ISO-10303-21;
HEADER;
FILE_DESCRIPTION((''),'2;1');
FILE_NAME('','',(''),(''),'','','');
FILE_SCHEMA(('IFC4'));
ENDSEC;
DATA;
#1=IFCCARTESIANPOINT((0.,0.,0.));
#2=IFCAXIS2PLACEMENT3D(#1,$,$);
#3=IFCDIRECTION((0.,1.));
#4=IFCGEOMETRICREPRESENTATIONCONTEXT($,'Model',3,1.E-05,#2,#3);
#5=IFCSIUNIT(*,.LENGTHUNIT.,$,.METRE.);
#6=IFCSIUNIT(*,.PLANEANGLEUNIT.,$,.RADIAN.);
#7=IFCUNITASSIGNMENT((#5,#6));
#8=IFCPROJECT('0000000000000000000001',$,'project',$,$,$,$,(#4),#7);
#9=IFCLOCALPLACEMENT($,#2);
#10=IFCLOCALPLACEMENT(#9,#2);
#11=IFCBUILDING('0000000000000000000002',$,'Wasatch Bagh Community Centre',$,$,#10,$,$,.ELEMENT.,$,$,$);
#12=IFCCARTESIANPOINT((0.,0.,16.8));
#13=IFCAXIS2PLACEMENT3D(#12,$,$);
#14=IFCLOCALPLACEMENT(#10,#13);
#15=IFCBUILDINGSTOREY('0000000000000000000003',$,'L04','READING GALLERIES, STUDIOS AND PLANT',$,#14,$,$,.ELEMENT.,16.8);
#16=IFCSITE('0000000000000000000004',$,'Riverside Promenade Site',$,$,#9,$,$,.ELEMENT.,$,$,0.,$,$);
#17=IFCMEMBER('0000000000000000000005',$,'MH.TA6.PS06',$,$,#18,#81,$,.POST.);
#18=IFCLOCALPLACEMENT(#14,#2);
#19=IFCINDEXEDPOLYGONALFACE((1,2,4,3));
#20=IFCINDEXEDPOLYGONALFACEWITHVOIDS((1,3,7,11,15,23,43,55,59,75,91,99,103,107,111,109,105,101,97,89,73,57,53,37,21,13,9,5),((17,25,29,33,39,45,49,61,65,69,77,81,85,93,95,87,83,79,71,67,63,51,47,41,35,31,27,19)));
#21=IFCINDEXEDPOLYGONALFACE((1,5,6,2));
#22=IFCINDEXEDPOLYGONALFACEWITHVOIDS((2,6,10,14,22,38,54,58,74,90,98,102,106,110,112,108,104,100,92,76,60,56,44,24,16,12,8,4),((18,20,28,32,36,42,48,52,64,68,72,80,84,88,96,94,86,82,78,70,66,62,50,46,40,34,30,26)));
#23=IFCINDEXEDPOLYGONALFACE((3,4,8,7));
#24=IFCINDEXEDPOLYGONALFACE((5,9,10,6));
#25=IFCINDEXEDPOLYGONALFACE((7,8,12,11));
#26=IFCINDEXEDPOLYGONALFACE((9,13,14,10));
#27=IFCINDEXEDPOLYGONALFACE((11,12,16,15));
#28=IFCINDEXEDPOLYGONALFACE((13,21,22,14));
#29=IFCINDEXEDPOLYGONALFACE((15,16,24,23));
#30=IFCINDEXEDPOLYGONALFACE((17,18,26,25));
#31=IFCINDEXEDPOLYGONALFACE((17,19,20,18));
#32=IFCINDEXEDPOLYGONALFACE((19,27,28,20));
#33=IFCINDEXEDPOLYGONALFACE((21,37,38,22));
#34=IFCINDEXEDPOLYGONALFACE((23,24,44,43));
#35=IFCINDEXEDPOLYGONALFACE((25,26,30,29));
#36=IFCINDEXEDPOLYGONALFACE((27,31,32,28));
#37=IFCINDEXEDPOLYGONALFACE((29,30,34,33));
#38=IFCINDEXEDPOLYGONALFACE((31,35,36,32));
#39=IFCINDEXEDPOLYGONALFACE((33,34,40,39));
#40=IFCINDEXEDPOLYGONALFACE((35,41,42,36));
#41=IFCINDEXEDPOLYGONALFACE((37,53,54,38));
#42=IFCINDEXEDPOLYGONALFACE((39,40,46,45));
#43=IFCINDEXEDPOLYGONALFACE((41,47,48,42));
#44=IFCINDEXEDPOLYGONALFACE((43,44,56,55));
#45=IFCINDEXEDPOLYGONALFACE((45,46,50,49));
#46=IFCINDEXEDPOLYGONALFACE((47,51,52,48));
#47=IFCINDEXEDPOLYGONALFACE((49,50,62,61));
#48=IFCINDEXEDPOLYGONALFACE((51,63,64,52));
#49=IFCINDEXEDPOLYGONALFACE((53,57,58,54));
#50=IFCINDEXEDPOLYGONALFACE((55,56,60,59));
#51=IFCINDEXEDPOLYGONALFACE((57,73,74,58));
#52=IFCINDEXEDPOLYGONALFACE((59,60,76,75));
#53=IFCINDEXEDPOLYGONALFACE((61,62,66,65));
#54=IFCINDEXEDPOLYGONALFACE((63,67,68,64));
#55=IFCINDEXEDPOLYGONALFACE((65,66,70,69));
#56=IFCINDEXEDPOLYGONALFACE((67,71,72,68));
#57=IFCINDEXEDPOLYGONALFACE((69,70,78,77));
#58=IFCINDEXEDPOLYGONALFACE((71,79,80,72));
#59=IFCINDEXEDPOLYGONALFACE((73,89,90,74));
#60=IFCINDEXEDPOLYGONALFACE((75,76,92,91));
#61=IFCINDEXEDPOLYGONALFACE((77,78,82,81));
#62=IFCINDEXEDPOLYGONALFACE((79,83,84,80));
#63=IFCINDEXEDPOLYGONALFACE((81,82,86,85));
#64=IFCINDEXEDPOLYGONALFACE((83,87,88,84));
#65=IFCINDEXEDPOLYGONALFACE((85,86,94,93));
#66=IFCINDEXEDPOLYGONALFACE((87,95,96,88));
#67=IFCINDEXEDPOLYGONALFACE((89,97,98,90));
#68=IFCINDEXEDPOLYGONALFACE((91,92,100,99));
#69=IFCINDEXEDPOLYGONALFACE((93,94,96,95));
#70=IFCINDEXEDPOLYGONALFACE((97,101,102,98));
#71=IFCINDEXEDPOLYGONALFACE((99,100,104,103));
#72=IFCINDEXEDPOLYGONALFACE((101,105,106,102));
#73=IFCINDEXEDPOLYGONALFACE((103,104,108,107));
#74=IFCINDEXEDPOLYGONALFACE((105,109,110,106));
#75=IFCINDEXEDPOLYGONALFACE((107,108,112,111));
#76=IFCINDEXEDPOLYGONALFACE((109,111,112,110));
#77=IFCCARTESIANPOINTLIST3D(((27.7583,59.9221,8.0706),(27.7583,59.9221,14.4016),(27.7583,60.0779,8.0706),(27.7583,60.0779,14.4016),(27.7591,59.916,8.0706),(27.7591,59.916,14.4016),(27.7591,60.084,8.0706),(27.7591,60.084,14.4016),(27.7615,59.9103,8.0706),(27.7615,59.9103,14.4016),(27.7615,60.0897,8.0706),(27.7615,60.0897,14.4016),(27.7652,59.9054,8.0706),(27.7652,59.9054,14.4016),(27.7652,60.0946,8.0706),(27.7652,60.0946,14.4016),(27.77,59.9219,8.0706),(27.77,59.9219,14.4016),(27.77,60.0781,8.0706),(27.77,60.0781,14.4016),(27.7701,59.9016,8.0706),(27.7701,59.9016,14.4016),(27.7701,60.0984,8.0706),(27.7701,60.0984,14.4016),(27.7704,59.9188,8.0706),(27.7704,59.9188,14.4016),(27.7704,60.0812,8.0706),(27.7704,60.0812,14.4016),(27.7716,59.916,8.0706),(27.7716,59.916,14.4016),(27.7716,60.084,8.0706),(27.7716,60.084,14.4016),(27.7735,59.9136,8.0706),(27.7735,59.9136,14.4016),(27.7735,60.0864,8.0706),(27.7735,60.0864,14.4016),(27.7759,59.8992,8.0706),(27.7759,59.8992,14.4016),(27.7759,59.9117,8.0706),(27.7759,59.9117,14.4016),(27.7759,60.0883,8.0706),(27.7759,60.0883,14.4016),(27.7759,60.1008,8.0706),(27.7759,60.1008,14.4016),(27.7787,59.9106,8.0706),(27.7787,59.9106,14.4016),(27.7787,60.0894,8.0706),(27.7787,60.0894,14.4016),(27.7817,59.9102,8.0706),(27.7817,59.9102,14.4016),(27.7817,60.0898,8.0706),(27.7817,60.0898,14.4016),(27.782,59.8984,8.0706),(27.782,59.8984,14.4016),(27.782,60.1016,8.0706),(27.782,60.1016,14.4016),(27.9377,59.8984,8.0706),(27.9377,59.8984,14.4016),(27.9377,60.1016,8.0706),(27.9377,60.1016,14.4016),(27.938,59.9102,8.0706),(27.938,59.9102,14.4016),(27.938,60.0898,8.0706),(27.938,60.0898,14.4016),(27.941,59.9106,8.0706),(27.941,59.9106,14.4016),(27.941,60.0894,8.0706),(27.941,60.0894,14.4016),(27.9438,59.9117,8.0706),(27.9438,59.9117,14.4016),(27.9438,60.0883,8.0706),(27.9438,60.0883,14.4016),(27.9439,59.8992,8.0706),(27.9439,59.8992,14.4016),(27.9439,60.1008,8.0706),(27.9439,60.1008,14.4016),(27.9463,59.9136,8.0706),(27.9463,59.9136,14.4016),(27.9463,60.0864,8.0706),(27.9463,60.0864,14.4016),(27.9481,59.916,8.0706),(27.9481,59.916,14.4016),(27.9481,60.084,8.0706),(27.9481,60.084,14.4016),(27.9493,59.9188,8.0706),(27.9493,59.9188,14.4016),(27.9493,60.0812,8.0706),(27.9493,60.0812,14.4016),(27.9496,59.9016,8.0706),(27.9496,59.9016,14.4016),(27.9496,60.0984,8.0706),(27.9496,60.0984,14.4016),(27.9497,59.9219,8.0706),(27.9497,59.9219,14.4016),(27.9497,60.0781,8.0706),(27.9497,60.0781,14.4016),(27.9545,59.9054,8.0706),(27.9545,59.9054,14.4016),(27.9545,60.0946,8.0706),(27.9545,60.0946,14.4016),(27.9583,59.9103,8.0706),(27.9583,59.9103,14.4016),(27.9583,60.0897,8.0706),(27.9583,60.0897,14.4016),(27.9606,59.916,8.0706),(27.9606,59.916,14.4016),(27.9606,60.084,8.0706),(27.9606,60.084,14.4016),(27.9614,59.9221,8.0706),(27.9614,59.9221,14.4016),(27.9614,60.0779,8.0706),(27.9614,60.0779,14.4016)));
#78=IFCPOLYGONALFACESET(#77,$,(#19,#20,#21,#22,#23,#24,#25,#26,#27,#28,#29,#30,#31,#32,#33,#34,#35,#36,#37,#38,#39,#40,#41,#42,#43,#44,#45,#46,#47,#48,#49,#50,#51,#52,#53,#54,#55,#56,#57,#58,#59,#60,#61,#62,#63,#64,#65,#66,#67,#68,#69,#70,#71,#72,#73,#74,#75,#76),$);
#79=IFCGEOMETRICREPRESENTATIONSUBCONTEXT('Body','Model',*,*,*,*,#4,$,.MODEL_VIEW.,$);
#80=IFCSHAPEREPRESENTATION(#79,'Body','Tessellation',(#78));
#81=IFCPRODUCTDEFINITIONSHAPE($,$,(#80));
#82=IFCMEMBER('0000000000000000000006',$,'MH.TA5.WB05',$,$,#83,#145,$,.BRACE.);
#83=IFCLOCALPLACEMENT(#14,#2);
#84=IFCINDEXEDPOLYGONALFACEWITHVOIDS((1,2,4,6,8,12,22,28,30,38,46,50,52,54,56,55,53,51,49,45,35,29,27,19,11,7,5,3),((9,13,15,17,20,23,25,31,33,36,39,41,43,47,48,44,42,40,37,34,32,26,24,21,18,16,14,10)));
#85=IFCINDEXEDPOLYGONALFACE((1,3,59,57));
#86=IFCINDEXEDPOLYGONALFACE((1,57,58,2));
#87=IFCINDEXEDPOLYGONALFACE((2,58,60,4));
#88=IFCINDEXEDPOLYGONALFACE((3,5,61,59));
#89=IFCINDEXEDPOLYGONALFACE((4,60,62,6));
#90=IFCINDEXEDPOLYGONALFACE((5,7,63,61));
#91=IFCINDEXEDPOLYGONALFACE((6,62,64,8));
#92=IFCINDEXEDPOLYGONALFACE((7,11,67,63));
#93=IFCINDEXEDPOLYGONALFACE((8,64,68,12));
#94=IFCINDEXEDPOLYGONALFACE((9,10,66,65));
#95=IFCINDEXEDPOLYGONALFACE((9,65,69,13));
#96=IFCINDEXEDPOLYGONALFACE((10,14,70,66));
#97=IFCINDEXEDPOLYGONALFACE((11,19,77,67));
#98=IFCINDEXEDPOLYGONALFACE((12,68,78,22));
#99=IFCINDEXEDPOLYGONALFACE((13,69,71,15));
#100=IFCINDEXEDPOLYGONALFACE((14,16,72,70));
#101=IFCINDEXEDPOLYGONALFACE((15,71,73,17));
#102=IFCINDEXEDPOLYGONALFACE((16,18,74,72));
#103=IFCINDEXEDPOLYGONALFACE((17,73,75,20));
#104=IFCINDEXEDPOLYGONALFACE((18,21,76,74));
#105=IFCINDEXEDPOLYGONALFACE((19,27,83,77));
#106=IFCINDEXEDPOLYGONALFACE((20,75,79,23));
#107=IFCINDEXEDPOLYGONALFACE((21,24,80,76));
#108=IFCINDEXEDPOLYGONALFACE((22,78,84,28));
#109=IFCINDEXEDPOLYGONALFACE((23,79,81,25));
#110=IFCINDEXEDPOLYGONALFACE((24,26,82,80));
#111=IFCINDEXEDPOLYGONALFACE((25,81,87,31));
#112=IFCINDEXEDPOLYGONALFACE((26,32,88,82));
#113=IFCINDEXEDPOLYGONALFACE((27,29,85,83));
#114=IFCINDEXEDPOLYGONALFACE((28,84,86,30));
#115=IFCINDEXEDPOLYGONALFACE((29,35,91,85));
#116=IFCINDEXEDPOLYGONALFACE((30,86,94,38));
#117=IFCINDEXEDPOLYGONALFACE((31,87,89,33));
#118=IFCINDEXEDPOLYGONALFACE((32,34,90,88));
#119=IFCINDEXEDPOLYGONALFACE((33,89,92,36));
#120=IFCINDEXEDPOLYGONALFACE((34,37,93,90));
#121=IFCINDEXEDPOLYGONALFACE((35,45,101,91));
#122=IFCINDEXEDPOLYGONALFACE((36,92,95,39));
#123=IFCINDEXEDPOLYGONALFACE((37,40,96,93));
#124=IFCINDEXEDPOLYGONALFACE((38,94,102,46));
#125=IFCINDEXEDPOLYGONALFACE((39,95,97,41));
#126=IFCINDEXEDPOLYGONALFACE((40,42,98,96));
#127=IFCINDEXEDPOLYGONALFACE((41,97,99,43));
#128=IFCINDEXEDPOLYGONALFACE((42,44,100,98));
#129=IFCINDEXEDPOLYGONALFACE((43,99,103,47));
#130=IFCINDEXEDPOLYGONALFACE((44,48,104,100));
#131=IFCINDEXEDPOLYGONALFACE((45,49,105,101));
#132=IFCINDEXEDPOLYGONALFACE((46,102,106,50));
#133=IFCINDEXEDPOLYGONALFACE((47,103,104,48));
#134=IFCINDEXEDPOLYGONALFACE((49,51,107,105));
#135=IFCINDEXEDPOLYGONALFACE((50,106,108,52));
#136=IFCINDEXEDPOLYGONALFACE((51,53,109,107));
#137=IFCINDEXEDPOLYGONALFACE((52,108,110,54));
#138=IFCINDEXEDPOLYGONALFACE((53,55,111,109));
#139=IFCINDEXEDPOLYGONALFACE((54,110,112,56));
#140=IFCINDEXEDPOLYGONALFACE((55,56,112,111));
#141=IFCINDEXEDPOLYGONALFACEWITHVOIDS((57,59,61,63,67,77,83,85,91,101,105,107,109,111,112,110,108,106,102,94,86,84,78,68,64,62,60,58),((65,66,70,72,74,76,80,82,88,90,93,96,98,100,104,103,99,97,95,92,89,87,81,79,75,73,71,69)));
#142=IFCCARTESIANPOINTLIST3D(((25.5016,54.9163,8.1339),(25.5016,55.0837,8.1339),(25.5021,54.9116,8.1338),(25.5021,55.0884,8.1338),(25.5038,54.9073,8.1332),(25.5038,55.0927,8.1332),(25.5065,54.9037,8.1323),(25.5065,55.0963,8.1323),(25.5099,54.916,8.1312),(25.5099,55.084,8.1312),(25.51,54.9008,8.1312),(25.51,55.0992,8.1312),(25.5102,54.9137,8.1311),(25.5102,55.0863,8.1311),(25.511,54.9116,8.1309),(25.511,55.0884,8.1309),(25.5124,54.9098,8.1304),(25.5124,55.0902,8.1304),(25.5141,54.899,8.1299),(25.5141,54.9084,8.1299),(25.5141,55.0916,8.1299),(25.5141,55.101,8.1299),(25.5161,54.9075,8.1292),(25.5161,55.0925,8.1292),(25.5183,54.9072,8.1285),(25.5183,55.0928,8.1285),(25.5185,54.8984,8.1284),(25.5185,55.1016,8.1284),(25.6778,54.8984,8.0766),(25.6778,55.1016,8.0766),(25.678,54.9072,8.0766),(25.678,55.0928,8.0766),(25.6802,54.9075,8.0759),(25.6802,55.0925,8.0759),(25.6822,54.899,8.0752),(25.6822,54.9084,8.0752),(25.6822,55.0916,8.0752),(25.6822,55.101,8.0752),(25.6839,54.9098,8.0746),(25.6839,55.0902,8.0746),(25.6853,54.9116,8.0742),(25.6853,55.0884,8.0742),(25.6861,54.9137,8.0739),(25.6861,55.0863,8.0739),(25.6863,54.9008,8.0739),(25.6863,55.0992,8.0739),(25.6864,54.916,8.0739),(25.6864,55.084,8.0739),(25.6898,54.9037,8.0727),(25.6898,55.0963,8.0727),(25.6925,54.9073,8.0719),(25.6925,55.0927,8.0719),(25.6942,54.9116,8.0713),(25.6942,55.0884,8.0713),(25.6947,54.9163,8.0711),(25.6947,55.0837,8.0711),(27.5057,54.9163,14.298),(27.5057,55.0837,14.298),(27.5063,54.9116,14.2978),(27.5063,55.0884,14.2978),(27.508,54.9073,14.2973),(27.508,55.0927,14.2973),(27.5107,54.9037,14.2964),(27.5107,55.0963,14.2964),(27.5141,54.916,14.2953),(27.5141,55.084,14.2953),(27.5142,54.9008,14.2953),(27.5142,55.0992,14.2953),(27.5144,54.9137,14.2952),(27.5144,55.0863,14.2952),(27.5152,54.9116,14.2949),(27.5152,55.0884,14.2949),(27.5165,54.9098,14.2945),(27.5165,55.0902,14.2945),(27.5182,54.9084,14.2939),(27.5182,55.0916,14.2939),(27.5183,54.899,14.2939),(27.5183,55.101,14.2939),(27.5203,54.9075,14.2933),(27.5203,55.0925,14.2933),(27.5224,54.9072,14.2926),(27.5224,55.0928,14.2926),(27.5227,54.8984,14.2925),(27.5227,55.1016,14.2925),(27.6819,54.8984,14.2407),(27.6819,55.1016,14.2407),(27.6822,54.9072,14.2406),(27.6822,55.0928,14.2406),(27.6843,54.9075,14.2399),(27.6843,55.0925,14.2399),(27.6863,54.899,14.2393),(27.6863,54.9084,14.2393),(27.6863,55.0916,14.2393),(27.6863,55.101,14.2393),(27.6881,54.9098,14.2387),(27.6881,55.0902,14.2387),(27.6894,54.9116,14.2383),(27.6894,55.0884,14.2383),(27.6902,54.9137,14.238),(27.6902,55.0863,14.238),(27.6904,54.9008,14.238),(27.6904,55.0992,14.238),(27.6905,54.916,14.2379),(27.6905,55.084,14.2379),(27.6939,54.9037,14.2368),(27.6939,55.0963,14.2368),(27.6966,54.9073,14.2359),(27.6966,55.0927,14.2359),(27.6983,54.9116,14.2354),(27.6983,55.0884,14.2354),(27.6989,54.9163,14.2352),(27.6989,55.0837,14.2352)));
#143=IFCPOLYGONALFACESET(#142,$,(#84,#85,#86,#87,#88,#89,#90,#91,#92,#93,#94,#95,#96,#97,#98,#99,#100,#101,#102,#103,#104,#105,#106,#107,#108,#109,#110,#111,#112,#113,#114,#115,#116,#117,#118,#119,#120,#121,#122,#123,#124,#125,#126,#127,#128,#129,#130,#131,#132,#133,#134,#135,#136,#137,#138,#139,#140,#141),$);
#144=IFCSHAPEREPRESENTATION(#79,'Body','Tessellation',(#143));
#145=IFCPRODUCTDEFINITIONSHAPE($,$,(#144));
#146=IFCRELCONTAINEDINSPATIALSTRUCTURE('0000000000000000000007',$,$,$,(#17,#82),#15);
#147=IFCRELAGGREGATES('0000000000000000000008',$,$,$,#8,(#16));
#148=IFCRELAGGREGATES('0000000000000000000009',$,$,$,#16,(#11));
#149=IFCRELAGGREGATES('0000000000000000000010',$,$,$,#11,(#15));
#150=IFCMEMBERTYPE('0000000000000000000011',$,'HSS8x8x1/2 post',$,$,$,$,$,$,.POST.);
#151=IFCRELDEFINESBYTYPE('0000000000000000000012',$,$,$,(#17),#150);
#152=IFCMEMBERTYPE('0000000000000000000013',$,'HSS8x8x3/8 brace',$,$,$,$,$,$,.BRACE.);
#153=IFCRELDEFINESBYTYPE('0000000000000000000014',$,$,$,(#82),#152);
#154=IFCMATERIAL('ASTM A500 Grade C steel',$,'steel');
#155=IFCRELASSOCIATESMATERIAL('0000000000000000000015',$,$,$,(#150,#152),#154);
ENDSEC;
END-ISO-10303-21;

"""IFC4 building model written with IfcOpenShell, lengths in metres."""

from ifc_helpers import new_model, si_unit, direction, frame, origin, origin_2d, place, context, subcontext, project, spatial, hollow_rectangle, extrude, material, material_profile, profile_set, type_object, element, save


model = new_model("IFC4")

# Units and contexts
model_context = context("Model", 3, precision=1e-05, world=origin(), true_north=direction((0.0, 1.0)))
body_context = subcontext(model_context, "Body", "Model", "MODEL_VIEW")
ifc_project = project(units=[si_unit("LENGTHUNIT", "METRE"), si_unit("PLANEANGLEUNIT", "RADIAN")], contexts=[model_context])

# Site, building, storey
site_placement = place(None, origin())
site = spatial("IfcSite", under=ifc_project, at=site_placement, Name="Riverside Promenade Site", CompositionType="ELEMENT", RefElevation=0.0)
building_placement = place(site_placement, origin())
building = spatial("IfcBuilding", under=site, at=building_placement, Name="Wasatch Bagh Community Centre", CompositionType="ELEMENT")
storey_placement = place(building_placement, frame((0.0, 0.0, 16.8)))
storey = spatial("IfcBuildingStorey", under=building, at=storey_placement, Name="L04", Description="READING GALLERIES, STUDIOS AND PLANT", CompositionType="ELEMENT", Elevation=16.8)

# Members
ifc_material_1 = material(Name="ASTM A500 Grade C steel", Category="steel")
ifc_material_profile_1 = material_profile(ifc_material_1, hollow_rectangle(XDim=0.2031, YDim=0.2031, WallThickness=0.0117, InnerFilletRadius=0.0117, OuterFilletRadius=0.0237, at=origin_2d()), Name="HSS8x8x1/2")
ifc_profile_set_1 = profile_set([ifc_material_profile_1], Name="ASTM A500 Grade C steel")
member_type_1 = type_object("IfcMemberType", Name="HSS8x8x1/2 post", PredefinedType="POST", material=ifc_profile_set_1)
member_1_placement = place(storey_placement, frame((27.8599, 60.0, 8.0706), z_axis=(0.0, 0.0, 1.0), x_axis=(1.0, 0.0, 0.0)))
element("IfcMember", 1, at=member_1_placement, inside=storey, type_object=member_type_1, Name="MH.TA6.PS06", PredefinedType="POST", context=body_context, shape_type="SweptSolid", body=[
    extrude(hollow_rectangle(XDim=0.2031, YDim=0.2031, WallThickness=0.0117, InnerFilletRadius=0.0117, OuterFilletRadius=0.0237, at=origin_2d()), origin(), (0.0, 0.0, 1.0), 6.3311),
])
ifc_material_profile_2 = material_profile(ifc_material_1, hollow_rectangle(XDim=0.2031, YDim=0.2031, WallThickness=0.0088, InnerFilletRadius=0.0088, OuterFilletRadius=0.0178, at=origin_2d()), Name="HSS8x8x3/8")
ifc_profile_set_2 = profile_set([ifc_material_profile_2], Name="ASTM A500 Grade C steel")
member_type_2 = type_object("IfcMemberType", Name="HSS8x8x3/8 brace", PredefinedType="BRACE", material=ifc_profile_set_2)
for number, where, z_axis, x_axis, name in (
    (2, (25.5981, 55.0, 8.1025), (0.309202, 0.0, 0.950996), (0.0, 1.0, 0.0), "MH.TA5.WB05"),
):
    element("IfcMember", number, at=place(storey_placement, frame(where, z_axis=z_axis, x_axis=x_axis)), inside=storey, type_object=member_type_2, Name=name, PredefinedType="BRACE", context=body_context, shape_type="SweptSolid", body=[
        extrude(hollow_rectangle(XDim=0.2031, YDim=0.2031, WallThickness=0.0088, InnerFilletRadius=0.0088, OuterFilletRadius=0.0178, at=origin_2d()), origin(), (0.0, 0.0, 1.0), 6.4817),
    ])

save(model, "model.ifc")
